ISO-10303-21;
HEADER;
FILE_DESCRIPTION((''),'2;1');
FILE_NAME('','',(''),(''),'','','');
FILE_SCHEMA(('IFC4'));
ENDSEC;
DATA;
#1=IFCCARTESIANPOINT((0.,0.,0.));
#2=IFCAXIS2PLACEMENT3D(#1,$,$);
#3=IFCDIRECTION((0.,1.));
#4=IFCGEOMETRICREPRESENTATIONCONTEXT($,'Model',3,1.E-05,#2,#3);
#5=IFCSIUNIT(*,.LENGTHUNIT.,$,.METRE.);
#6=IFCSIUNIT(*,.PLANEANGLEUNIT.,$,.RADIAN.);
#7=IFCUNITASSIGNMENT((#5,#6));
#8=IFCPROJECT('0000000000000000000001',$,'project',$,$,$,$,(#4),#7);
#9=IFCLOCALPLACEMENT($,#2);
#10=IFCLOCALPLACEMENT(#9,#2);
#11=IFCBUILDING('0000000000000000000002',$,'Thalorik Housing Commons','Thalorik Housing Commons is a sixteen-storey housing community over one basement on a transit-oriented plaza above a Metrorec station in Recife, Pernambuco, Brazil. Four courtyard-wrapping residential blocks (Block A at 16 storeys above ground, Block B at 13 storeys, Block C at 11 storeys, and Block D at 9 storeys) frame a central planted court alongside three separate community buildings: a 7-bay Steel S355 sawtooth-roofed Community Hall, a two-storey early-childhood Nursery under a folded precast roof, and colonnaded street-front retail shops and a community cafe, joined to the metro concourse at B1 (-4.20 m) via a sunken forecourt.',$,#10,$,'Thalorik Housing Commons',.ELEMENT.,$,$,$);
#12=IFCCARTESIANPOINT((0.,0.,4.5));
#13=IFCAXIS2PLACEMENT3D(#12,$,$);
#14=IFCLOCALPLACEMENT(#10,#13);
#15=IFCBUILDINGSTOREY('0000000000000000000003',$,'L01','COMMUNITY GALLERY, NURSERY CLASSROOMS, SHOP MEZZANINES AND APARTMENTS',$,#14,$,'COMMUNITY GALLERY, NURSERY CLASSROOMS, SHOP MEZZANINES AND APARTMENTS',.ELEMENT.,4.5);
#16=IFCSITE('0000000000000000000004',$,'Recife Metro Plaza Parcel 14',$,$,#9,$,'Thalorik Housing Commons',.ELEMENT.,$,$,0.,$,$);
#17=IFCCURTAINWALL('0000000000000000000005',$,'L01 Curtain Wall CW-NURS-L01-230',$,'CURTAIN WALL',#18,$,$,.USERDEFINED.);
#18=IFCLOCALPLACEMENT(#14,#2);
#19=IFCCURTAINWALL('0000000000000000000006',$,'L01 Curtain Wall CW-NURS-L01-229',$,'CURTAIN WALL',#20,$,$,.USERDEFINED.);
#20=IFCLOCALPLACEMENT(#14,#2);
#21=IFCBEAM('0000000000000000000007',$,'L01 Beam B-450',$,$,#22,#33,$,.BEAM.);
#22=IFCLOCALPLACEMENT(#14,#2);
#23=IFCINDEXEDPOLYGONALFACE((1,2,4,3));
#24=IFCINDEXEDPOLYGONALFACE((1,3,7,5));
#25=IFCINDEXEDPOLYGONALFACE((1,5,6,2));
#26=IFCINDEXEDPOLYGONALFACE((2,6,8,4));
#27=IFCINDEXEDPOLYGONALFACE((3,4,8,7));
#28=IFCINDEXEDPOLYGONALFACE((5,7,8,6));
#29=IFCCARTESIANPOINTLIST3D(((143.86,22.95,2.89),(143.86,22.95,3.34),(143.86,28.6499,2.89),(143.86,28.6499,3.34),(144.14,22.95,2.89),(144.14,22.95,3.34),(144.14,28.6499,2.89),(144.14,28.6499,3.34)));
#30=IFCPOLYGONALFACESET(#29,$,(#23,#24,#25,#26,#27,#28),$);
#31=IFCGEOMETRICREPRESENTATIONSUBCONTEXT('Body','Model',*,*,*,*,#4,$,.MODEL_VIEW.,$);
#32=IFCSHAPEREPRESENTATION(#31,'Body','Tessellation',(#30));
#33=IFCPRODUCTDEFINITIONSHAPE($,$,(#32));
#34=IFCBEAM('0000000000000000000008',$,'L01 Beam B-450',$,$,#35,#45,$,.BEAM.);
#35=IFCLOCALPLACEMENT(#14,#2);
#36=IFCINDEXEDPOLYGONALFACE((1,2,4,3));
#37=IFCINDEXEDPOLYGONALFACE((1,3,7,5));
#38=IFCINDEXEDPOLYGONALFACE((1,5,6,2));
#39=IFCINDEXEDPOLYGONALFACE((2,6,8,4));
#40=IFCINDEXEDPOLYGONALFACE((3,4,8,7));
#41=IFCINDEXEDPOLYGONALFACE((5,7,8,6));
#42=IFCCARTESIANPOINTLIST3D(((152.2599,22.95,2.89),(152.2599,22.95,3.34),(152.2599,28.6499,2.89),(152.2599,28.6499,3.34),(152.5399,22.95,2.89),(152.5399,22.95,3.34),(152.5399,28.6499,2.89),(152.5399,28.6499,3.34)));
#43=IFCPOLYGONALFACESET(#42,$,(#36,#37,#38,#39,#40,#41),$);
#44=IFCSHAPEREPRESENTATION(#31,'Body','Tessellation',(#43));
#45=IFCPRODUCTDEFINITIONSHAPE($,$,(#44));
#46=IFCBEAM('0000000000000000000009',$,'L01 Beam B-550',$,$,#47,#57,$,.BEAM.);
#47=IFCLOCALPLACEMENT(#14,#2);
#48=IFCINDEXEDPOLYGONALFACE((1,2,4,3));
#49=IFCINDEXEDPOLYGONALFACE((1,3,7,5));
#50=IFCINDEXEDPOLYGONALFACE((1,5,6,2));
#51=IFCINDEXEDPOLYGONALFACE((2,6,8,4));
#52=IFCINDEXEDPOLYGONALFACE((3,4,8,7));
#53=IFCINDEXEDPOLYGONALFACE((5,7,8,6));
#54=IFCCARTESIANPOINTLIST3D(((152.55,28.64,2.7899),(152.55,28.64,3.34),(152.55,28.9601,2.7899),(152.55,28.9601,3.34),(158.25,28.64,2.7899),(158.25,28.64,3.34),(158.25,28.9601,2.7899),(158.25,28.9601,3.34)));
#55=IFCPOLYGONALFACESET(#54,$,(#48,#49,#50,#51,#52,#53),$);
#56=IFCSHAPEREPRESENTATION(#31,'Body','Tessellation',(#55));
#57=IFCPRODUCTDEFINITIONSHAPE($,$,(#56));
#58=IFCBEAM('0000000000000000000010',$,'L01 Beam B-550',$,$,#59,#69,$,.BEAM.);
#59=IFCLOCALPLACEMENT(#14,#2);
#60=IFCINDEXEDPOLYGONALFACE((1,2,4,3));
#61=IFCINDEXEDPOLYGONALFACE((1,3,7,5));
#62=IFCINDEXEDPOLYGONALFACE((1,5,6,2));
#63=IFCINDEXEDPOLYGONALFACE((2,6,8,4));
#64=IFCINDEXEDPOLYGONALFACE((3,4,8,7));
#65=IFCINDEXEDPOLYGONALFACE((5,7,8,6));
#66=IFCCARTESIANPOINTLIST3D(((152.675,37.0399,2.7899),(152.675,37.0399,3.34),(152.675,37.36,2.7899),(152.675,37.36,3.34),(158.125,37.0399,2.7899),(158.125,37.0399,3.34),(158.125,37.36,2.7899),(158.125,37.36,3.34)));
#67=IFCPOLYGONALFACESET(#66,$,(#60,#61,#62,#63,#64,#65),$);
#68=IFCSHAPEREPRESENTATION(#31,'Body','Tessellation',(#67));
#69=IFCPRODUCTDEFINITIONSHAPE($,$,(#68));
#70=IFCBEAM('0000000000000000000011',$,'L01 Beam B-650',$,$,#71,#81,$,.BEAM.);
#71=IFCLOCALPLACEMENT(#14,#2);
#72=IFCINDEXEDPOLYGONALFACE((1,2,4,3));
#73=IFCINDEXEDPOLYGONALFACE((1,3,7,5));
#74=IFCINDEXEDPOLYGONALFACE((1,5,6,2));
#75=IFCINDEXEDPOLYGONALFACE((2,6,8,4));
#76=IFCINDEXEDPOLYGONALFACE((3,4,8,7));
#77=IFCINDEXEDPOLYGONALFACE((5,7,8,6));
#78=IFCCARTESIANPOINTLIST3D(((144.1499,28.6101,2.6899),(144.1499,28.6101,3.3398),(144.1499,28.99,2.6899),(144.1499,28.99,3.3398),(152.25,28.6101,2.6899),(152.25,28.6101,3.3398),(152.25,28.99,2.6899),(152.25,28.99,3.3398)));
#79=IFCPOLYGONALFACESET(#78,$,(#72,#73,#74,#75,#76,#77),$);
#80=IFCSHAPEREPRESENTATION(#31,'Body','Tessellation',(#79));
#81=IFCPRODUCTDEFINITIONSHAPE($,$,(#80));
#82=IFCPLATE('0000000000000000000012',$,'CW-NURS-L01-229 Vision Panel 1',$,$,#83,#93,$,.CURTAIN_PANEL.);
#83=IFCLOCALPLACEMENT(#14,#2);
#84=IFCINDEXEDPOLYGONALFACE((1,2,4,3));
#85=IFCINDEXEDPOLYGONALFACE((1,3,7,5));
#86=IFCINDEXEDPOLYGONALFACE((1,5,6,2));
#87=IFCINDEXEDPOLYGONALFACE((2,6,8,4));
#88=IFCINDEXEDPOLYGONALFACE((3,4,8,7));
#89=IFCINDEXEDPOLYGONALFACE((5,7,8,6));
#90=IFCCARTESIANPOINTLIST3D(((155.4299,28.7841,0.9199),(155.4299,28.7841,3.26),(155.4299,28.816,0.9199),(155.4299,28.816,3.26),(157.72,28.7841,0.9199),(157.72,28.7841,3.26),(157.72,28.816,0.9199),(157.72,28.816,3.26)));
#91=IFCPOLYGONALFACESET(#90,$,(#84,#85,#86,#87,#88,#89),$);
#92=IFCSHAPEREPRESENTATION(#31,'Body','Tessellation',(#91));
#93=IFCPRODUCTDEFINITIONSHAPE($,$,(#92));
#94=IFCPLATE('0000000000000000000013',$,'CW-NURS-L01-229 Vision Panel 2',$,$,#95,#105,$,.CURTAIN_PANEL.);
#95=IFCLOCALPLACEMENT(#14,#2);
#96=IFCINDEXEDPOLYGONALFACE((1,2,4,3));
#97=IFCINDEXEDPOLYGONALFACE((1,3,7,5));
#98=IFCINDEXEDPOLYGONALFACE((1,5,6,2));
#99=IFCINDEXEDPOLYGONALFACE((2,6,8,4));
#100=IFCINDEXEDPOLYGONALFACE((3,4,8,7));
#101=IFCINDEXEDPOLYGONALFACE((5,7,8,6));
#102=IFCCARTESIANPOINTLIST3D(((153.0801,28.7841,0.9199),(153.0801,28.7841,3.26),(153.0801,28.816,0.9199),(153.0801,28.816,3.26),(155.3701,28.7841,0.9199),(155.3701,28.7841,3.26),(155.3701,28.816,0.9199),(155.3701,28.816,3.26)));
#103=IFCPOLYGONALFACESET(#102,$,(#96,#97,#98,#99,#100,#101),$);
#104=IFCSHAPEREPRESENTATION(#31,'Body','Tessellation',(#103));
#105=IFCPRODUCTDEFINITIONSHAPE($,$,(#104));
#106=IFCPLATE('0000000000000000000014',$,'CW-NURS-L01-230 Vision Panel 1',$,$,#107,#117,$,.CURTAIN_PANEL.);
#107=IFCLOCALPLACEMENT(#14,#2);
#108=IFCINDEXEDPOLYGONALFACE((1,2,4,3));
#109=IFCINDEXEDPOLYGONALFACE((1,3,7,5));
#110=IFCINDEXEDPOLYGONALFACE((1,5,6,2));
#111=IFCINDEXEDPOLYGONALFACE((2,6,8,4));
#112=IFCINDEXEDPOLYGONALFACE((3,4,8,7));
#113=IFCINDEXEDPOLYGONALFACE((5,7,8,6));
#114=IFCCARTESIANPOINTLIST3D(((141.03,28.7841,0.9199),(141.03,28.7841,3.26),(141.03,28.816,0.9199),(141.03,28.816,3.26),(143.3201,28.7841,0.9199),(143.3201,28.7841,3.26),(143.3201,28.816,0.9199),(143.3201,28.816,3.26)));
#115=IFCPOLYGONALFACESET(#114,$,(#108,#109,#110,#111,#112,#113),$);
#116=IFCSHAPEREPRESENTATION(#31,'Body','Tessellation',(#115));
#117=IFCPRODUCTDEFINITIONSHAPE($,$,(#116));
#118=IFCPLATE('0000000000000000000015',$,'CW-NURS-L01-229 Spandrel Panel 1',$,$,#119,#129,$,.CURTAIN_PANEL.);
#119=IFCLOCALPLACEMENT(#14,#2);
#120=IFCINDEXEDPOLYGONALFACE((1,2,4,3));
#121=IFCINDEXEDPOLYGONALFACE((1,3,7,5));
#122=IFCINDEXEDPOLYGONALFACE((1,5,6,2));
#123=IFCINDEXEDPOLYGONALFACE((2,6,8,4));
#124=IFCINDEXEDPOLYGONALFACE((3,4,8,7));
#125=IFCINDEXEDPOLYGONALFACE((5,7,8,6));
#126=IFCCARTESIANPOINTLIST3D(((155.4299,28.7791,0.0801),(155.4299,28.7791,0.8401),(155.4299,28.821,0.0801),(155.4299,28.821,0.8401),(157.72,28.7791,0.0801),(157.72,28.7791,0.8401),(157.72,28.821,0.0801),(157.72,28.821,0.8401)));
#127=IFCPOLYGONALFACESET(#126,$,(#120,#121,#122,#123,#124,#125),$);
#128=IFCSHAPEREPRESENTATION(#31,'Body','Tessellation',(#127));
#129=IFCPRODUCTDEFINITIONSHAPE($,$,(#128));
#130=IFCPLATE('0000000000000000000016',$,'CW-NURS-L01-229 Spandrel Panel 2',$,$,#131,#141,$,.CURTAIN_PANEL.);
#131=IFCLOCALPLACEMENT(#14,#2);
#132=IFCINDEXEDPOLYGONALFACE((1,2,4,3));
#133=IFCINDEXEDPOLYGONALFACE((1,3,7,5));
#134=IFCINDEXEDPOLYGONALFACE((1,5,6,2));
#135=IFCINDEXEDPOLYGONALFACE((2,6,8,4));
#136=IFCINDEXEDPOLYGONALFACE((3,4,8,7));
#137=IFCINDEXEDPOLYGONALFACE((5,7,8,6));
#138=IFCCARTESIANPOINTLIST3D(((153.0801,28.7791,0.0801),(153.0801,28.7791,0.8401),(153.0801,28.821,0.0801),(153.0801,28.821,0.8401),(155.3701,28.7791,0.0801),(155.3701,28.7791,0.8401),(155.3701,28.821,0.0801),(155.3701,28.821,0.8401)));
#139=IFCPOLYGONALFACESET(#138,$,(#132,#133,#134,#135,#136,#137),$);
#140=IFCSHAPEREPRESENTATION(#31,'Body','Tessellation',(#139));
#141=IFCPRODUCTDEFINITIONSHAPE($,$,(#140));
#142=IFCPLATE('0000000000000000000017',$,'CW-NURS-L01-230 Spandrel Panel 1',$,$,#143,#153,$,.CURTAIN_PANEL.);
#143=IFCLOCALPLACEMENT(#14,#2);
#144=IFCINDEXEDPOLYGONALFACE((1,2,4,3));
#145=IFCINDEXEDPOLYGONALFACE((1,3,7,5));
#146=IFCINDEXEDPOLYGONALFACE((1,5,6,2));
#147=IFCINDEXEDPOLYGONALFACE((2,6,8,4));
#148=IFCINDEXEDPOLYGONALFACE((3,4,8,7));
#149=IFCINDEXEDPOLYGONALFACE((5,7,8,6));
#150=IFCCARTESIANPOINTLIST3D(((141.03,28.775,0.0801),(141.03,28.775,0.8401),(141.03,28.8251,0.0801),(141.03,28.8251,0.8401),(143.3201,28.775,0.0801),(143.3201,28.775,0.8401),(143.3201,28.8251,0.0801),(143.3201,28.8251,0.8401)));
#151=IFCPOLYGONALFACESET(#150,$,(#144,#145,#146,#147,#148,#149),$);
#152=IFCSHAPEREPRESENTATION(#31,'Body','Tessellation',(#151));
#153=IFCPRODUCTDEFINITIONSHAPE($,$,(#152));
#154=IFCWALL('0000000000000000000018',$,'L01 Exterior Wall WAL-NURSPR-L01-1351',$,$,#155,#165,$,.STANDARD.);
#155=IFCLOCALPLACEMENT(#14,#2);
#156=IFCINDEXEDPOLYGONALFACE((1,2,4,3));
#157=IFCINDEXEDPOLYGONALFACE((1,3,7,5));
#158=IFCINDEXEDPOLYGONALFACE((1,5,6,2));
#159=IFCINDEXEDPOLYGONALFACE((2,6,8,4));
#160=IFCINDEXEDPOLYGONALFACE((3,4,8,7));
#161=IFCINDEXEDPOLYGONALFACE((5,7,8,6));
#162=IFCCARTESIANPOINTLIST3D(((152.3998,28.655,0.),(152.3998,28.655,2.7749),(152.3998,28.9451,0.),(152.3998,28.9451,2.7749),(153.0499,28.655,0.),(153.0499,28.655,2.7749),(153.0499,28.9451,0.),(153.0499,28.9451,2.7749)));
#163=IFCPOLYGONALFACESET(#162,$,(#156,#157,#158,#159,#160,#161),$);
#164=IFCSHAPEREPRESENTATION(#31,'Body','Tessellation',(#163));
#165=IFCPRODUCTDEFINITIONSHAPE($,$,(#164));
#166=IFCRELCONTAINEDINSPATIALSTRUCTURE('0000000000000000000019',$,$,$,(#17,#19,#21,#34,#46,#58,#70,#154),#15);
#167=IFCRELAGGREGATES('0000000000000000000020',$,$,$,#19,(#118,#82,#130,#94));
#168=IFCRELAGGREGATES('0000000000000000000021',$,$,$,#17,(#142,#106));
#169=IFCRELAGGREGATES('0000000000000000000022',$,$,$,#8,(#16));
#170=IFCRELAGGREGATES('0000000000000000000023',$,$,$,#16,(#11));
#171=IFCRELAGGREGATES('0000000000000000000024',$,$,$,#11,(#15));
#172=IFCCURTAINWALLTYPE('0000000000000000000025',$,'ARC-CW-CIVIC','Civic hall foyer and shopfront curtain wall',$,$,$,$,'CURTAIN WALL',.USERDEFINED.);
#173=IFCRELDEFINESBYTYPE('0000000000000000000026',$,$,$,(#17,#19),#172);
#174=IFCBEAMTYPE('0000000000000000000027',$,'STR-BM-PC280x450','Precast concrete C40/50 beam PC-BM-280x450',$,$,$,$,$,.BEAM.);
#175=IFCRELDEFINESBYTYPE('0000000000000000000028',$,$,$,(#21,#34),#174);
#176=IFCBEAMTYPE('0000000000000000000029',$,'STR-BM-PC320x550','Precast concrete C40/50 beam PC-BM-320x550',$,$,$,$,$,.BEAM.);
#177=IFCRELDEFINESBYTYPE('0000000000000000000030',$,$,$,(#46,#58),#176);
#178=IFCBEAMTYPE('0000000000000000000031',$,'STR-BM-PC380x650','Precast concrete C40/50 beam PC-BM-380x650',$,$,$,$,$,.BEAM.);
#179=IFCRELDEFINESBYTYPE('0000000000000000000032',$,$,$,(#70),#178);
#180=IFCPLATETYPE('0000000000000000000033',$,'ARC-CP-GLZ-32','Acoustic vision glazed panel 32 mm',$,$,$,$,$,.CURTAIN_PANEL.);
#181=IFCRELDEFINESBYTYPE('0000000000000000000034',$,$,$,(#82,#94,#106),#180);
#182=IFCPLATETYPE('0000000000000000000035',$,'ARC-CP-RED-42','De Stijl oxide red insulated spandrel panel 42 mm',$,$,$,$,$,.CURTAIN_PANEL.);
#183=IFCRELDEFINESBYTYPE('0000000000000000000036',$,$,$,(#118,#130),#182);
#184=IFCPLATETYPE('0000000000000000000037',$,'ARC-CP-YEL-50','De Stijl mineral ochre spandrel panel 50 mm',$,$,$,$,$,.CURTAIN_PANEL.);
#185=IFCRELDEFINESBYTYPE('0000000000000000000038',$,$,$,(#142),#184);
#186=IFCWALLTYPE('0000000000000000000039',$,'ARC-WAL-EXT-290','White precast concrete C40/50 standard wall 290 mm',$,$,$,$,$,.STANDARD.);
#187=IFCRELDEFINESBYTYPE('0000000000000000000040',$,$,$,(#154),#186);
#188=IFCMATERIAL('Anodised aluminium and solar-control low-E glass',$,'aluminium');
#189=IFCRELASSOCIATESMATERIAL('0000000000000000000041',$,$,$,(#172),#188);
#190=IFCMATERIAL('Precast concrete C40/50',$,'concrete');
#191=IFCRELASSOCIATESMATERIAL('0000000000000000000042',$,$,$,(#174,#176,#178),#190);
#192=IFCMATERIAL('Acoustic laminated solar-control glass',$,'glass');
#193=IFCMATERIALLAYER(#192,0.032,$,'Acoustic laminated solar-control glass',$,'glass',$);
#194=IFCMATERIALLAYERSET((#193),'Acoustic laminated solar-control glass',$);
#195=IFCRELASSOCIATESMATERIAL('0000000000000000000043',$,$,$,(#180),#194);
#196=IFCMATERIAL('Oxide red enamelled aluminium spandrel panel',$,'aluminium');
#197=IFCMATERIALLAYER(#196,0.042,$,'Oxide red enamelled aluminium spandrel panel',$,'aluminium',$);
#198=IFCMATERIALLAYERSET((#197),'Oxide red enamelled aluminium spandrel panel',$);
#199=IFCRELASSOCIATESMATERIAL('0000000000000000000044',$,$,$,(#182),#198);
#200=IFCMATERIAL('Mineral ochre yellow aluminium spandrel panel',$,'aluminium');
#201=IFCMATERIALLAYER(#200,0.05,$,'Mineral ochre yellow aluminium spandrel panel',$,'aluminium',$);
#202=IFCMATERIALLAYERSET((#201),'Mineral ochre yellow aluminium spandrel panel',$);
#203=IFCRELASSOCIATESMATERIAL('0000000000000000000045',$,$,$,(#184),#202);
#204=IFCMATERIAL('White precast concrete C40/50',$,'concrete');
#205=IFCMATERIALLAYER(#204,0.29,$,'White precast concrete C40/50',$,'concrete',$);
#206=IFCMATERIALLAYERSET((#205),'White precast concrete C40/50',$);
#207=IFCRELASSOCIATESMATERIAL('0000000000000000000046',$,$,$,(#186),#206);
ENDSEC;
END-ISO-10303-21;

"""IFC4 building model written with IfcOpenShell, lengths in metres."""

from ifc_helpers import new_model, si_unit, direction, frame, frame_2d, origin, origin_2d, place, context, subcontext, project, spatial, rectangle, extrude, material, layer, layer_set, material_profile, profile_set, type_object, element, aggregate, save


model = new_model("IFC4")

# Units and contexts
model_context = context("Model", 3, precision=1e-05, world=origin(), true_north=direction((0.0, 1.0)))
body_context = subcontext(model_context, "Body", "Model", "MODEL_VIEW")
ifc_project = project(units=[si_unit("LENGTHUNIT", "METRE"), si_unit("PLANEANGLEUNIT", "RADIAN")], contexts=[model_context])

# Site, building, storey
site_placement = place(None, origin())
site = spatial("IfcSite", under=ifc_project, at=site_placement, Name="Recife Metro Plaza Parcel 14", LongName="Thalorik Housing Commons", CompositionType="ELEMENT", RefElevation=0.0)
building_placement = place(site_placement, origin())
building = spatial("IfcBuilding", under=site, at=building_placement, Name="Thalorik Housing Commons", Description="Thalorik Housing Commons is a sixteen-storey housing community over one basement on a transit-oriented plaza above a Metrorec station in Recife, Pernambuco, Brazil. Four courtyard-wrapping residential blocks (Block A at 16 storeys above ground, Block B at 13 storeys, Block C at 11 storeys, and Block D at 9 storeys) frame a central planted court alongside three separate community buildings: a 7-bay Steel S355 sawtooth-roofed Community Hall, a two-storey early-childhood Nursery under a folded precast roof, and colonnaded street-front retail shops and a community cafe, joined to the metro concourse at B1 (-4.20 m) via a sunken forecourt.", LongName="Thalorik Housing Commons", CompositionType="ELEMENT")
storey_placement = place(building_placement, frame((0.0, 0.0, 4.5)))
storey = spatial("IfcBuildingStorey", under=building, at=storey_placement, Name="L01", Description="COMMUNITY GALLERY, NURSERY CLASSROOMS, SHOP MEZZANINES AND APARTMENTS", LongName="COMMUNITY GALLERY, NURSERY CLASSROOMS, SHOP MEZZANINES AND APARTMENTS", CompositionType="ELEMENT", Elevation=4.5)

# Shared definitions
ifc_material_1 = material(Name="Precast concrete C40/50", Category="concrete")

# Curtain wall
ifc_material_2 = material(Name="Anodised aluminium and solar-control low-E glass", Category="aluminium")
curtain_wall_type = type_object("IfcCurtainWallType", Name="ARC-CW-CIVIC", Description="Civic hall foyer and shopfront curtain wall", ElementType="CURTAIN WALL", PredefinedType="USERDEFINED", material=ifc_material_2)
curtain_wall_1_placement = place(storey_placement, origin())
curtain_wall_1 = element("IfcCurtainWall", 1, at=curtain_wall_1_placement, inside=storey, type_object=curtain_wall_type, Name="L01 Curtain Wall CW-NURS-L01-230", ObjectType="CURTAIN WALL", PredefinedType="USERDEFINED")

# Curtain wall
curtain_wall_2_placement = place(storey_placement, origin())
curtain_wall_2 = element("IfcCurtainWall", 2, at=curtain_wall_2_placement, inside=storey, type_object=curtain_wall_type, Name="L01 Curtain Wall CW-NURS-L01-229", ObjectType="CURTAIN WALL", PredefinedType="USERDEFINED")

# Beams
ifc_material_profile_1 = material_profile(ifc_material_1, rectangle(XDim=0.28, YDim=0.45, at=origin_2d()), Name="PC 280x450", Category="concrete")
ifc_profile_set_1 = profile_set([ifc_material_profile_1], Name="Precast concrete C40/50")
beam_type_1 = type_object("IfcBeamType", Name="STR-BM-PC280x450", Description="Precast concrete C40/50 beam PC-BM-280x450", PredefinedType="BEAM", material=ifc_profile_set_1)
for number, where, z_axis, x_axis, name in (
    (3, (144.0, 22.95, 3.115), (0.0, 1.0, 0.0), (-1.0, 0.0, 0.0), "L01 Beam B-450"),
    (4, (152.3999, 22.95, 3.115), (0.0, 1.0, 0.0), (-1.0, 0.0, 0.0), "L01 Beam B-450"),
):
    element("IfcBeam", number, at=place(storey_placement, frame(where, z_axis=z_axis, x_axis=x_axis)), inside=storey, type_object=beam_type_1, Name=name, PredefinedType="BEAM", context=body_context, shape_type="SweptSolid", body=[
        extrude(rectangle(XDim=0.28, YDim=0.45, at=origin_2d()), origin(), (0.0, 0.0, 1.0), 5.7),
    ])
ifc_material_profile_2 = material_profile(ifc_material_1, rectangle(XDim=0.3201, YDim=0.55, at=origin_2d()), Name="PC 320x550", Category="concrete")
ifc_profile_set_2 = profile_set([ifc_material_profile_2], Name="Precast concrete C40/50")
beam_type_2 = type_object("IfcBeamType", Name="STR-BM-PC320x550", Description="Precast concrete C40/50 beam PC-BM-320x550", PredefinedType="BEAM", material=ifc_profile_set_2)
beam_1_placement = place(storey_placement, frame((152.55, 28.8, 3.0649), z_axis=(1.0, 0.0, 0.0), x_axis=(0.0, 1.0, 0.0)))
element("IfcBeam", 5, at=beam_1_placement, inside=storey, type_object=beam_type_2, Name="L01 Beam B-550", PredefinedType="BEAM", context=body_context, shape_type="SweptSolid", body=[
    extrude(rectangle(XDim=0.3201, YDim=0.55, at=origin_2d()), origin(), (0.0, 0.0, 1.0), 5.7),
])
beam_2_placement = place(storey_placement, frame((152.675, 37.2, 3.0649), z_axis=(1.0, 0.0, 0.0), x_axis=(0.0, 1.0, 0.0)))
element("IfcBeam", 6, at=beam_2_placement, inside=storey, type_object=beam_type_2, Name="L01 Beam B-550", PredefinedType="BEAM", context=body_context, shape_type="SweptSolid", body=[
    extrude(rectangle(XDim=0.3201, YDim=0.55, at=origin_2d()), origin(), (0.0, 0.0, 1.0), 5.45),
])
ifc_material_profile_3 = material_profile(ifc_material_1, rectangle(XDim=0.3799, YDim=0.6499, at=origin_2d()), Name="PC 380x650", Category="concrete")
ifc_profile_set_3 = profile_set([ifc_material_profile_3], Name="Precast concrete C40/50")
beam_type_3 = type_object("IfcBeamType", Name="STR-BM-PC380x650", Description="Precast concrete C40/50 beam PC-BM-380x650", PredefinedType="BEAM", material=ifc_profile_set_3)
beam_3_placement = place(storey_placement, frame((144.1499, 28.8, 3.0149), z_axis=(1.0, 0.0, 0.0), x_axis=(0.0, 1.0, 0.0)))
element("IfcBeam", 7, at=beam_3_placement, inside=storey, type_object=beam_type_3, Name="L01 Beam B-650", PredefinedType="BEAM", context=body_context, shape_type="SweptSolid", body=[
    extrude(rectangle(XDim=0.3799, YDim=0.6499, at=origin_2d()), origin(), (0.0, 0.0, 1.0), 8.1001),
])

# Plates
ifc_material_3 = material(Name="Acoustic laminated solar-control glass", Category="glass")
ifc_layer_1 = layer(ifc_material_3, 0.032, Name="Acoustic laminated solar-control glass", Category="glass")
ifc_layer_set_1 = layer_set([ifc_layer_1], Name="Acoustic laminated solar-control glass")
plate_type_1 = type_object("IfcPlateType", Name="ARC-CP-GLZ-32", Description="Acoustic vision glazed panel 32 mm", PredefinedType="CURTAIN_PANEL", material=ifc_layer_set_1)
plate_1_placement = place(storey_placement, frame((156.575, 28.8, 0.9199), z_axis=(0.0, 0.0, 1.0), x_axis=(-1.0, 0.0, 0.0)))
plate_1 = element("IfcPlate", 8, at=plate_1_placement, type_object=plate_type_1, Name="CW-NURS-L01-229 Vision Panel 1", PredefinedType="CURTAIN_PANEL", context=body_context, shape_type="SweptSolid", body=[
    extrude(rectangle(XDim=2.29, YDim=0.032, at=origin_2d()), origin(), (0.0, 0.0, 1.0), 2.3401),
])
plate_2_placement = place(storey_placement, frame((154.2251, 28.8, 0.9199), z_axis=(0.0, 0.0, 1.0), x_axis=(-1.0, 0.0, 0.0)))
plate_2 = element("IfcPlate", 9, at=plate_2_placement, type_object=plate_type_1, Name="CW-NURS-L01-229 Vision Panel 2", PredefinedType="CURTAIN_PANEL", context=body_context, shape_type="SweptSolid", body=[
    extrude(rectangle(XDim=2.29, YDim=0.032, at=origin_2d()), origin(), (0.0, 0.0, 1.0), 2.3401),
])
plate_3_placement = place(storey_placement, frame((142.175, 28.8, 0.9199), z_axis=(0.0, 0.0, 1.0), x_axis=(-1.0, 0.0, 0.0)))
plate_3 = element("IfcPlate", 10, at=plate_3_placement, type_object=plate_type_1, Name="CW-NURS-L01-230 Vision Panel 1", PredefinedType="CURTAIN_PANEL", context=body_context, shape_type="SweptSolid", body=[
    extrude(rectangle(XDim=2.29, YDim=0.032, at=origin_2d()), origin(), (0.0, 0.0, 1.0), 2.3401),
])
ifc_material_4 = material(Name="Oxide red enamelled aluminium spandrel panel", Category="aluminium")
ifc_layer_2 = layer(ifc_material_4, 0.042, Name="Oxide red enamelled aluminium spandrel panel", Category="aluminium")
ifc_layer_set_2 = layer_set([ifc_layer_2], Name="Oxide red enamelled aluminium spandrel panel")
plate_type_2 = type_object("IfcPlateType", Name="ARC-CP-RED-42", Description="De Stijl oxide red insulated spandrel panel 42 mm", PredefinedType="CURTAIN_PANEL", material=ifc_layer_set_2)
plate_4_placement = place(storey_placement, frame((156.575, 28.8, 0.0801), z_axis=(0.0, 0.0, 1.0), x_axis=(-1.0, 0.0, 0.0)))
plate_4 = element("IfcPlate", 11, at=plate_4_placement, type_object=plate_type_2, Name="CW-NURS-L01-229 Spandrel Panel 1", PredefinedType="CURTAIN_PANEL", context=body_context, shape_type="SweptSolid", body=[
    extrude(rectangle(XDim=2.29, YDim=0.042, at=origin_2d()), origin(), (0.0, 0.0, 1.0), 0.76),
])
plate_5_placement = place(storey_placement, frame((154.2251, 28.8, 0.0801), z_axis=(0.0, 0.0, 1.0), x_axis=(-1.0, 0.0, 0.0)))
plate_5 = element("IfcPlate", 12, at=plate_5_placement, type_object=plate_type_2, Name="CW-NURS-L01-229 Spandrel Panel 2", PredefinedType="CURTAIN_PANEL", context=body_context, shape_type="SweptSolid", body=[
    extrude(rectangle(XDim=2.29, YDim=0.042, at=origin_2d()), origin(), (0.0, 0.0, 1.0), 0.76),
])
aggregate(curtain_wall_2, [plate_4, plate_1, plate_5, plate_2])
ifc_material_5 = material(Name="Mineral ochre yellow aluminium spandrel panel", Category="aluminium")
ifc_layer_3 = layer(ifc_material_5, 0.05, Name="Mineral ochre yellow aluminium spandrel panel", Category="aluminium")
ifc_layer_set_3 = layer_set([ifc_layer_3], Name="Mineral ochre yellow aluminium spandrel panel")
plate_type_3 = type_object("IfcPlateType", Name="ARC-CP-YEL-50", Description="De Stijl mineral ochre spandrel panel 50 mm", PredefinedType="CURTAIN_PANEL", material=ifc_layer_set_3)
plate_6_placement = place(storey_placement, frame((142.175, 28.8, 0.0801), z_axis=(0.0, 0.0, 1.0), x_axis=(-1.0, 0.0, 0.0)))
plate_6 = element("IfcPlate", 13, at=plate_6_placement, type_object=plate_type_3, Name="CW-NURS-L01-230 Spandrel Panel 1", PredefinedType="CURTAIN_PANEL", context=body_context, shape_type="SweptSolid", body=[
    extrude(rectangle(XDim=2.29, YDim=0.05, at=origin_2d()), origin(), (0.0, 0.0, 1.0), 0.76),
])
aggregate(curtain_wall_1, [plate_6, plate_3])

# Wall
ifc_material_6 = material(Name="White precast concrete C40/50", Category="concrete")
ifc_layer_4 = layer(ifc_material_6, 0.29, Name="White precast concrete C40/50", Category="concrete")
ifc_layer_set_4 = layer_set([ifc_layer_4], Name="White precast concrete C40/50")
wall_type_1 = type_object("IfcWallType", Name="ARC-WAL-EXT-290", Description="White precast concrete C40/50 standard wall 290 mm", PredefinedType="STANDARD", material=ifc_layer_set_4)
wall_1_placement = place(storey_placement, frame((153.05, 28.8, 0.0), z_axis=(0.0, 0.0, 1.0), x_axis=(-1.0, 0.0, 0.0)))
element("IfcWall", 14, at=wall_1_placement, inside=storey, type_object=wall_type_1, Name="L01 Exterior Wall WAL-NURSPR-L01-1351", PredefinedType="STANDARD", context=body_context, shape_type="SweptSolid", body=[
    extrude(rectangle(XDim=0.6501, YDim=0.29, at=frame_2d((0.3252, 0.0))), origin(), (0.0, 0.0, 1.0), 2.7749),
])

save(model, "model.ifc")
